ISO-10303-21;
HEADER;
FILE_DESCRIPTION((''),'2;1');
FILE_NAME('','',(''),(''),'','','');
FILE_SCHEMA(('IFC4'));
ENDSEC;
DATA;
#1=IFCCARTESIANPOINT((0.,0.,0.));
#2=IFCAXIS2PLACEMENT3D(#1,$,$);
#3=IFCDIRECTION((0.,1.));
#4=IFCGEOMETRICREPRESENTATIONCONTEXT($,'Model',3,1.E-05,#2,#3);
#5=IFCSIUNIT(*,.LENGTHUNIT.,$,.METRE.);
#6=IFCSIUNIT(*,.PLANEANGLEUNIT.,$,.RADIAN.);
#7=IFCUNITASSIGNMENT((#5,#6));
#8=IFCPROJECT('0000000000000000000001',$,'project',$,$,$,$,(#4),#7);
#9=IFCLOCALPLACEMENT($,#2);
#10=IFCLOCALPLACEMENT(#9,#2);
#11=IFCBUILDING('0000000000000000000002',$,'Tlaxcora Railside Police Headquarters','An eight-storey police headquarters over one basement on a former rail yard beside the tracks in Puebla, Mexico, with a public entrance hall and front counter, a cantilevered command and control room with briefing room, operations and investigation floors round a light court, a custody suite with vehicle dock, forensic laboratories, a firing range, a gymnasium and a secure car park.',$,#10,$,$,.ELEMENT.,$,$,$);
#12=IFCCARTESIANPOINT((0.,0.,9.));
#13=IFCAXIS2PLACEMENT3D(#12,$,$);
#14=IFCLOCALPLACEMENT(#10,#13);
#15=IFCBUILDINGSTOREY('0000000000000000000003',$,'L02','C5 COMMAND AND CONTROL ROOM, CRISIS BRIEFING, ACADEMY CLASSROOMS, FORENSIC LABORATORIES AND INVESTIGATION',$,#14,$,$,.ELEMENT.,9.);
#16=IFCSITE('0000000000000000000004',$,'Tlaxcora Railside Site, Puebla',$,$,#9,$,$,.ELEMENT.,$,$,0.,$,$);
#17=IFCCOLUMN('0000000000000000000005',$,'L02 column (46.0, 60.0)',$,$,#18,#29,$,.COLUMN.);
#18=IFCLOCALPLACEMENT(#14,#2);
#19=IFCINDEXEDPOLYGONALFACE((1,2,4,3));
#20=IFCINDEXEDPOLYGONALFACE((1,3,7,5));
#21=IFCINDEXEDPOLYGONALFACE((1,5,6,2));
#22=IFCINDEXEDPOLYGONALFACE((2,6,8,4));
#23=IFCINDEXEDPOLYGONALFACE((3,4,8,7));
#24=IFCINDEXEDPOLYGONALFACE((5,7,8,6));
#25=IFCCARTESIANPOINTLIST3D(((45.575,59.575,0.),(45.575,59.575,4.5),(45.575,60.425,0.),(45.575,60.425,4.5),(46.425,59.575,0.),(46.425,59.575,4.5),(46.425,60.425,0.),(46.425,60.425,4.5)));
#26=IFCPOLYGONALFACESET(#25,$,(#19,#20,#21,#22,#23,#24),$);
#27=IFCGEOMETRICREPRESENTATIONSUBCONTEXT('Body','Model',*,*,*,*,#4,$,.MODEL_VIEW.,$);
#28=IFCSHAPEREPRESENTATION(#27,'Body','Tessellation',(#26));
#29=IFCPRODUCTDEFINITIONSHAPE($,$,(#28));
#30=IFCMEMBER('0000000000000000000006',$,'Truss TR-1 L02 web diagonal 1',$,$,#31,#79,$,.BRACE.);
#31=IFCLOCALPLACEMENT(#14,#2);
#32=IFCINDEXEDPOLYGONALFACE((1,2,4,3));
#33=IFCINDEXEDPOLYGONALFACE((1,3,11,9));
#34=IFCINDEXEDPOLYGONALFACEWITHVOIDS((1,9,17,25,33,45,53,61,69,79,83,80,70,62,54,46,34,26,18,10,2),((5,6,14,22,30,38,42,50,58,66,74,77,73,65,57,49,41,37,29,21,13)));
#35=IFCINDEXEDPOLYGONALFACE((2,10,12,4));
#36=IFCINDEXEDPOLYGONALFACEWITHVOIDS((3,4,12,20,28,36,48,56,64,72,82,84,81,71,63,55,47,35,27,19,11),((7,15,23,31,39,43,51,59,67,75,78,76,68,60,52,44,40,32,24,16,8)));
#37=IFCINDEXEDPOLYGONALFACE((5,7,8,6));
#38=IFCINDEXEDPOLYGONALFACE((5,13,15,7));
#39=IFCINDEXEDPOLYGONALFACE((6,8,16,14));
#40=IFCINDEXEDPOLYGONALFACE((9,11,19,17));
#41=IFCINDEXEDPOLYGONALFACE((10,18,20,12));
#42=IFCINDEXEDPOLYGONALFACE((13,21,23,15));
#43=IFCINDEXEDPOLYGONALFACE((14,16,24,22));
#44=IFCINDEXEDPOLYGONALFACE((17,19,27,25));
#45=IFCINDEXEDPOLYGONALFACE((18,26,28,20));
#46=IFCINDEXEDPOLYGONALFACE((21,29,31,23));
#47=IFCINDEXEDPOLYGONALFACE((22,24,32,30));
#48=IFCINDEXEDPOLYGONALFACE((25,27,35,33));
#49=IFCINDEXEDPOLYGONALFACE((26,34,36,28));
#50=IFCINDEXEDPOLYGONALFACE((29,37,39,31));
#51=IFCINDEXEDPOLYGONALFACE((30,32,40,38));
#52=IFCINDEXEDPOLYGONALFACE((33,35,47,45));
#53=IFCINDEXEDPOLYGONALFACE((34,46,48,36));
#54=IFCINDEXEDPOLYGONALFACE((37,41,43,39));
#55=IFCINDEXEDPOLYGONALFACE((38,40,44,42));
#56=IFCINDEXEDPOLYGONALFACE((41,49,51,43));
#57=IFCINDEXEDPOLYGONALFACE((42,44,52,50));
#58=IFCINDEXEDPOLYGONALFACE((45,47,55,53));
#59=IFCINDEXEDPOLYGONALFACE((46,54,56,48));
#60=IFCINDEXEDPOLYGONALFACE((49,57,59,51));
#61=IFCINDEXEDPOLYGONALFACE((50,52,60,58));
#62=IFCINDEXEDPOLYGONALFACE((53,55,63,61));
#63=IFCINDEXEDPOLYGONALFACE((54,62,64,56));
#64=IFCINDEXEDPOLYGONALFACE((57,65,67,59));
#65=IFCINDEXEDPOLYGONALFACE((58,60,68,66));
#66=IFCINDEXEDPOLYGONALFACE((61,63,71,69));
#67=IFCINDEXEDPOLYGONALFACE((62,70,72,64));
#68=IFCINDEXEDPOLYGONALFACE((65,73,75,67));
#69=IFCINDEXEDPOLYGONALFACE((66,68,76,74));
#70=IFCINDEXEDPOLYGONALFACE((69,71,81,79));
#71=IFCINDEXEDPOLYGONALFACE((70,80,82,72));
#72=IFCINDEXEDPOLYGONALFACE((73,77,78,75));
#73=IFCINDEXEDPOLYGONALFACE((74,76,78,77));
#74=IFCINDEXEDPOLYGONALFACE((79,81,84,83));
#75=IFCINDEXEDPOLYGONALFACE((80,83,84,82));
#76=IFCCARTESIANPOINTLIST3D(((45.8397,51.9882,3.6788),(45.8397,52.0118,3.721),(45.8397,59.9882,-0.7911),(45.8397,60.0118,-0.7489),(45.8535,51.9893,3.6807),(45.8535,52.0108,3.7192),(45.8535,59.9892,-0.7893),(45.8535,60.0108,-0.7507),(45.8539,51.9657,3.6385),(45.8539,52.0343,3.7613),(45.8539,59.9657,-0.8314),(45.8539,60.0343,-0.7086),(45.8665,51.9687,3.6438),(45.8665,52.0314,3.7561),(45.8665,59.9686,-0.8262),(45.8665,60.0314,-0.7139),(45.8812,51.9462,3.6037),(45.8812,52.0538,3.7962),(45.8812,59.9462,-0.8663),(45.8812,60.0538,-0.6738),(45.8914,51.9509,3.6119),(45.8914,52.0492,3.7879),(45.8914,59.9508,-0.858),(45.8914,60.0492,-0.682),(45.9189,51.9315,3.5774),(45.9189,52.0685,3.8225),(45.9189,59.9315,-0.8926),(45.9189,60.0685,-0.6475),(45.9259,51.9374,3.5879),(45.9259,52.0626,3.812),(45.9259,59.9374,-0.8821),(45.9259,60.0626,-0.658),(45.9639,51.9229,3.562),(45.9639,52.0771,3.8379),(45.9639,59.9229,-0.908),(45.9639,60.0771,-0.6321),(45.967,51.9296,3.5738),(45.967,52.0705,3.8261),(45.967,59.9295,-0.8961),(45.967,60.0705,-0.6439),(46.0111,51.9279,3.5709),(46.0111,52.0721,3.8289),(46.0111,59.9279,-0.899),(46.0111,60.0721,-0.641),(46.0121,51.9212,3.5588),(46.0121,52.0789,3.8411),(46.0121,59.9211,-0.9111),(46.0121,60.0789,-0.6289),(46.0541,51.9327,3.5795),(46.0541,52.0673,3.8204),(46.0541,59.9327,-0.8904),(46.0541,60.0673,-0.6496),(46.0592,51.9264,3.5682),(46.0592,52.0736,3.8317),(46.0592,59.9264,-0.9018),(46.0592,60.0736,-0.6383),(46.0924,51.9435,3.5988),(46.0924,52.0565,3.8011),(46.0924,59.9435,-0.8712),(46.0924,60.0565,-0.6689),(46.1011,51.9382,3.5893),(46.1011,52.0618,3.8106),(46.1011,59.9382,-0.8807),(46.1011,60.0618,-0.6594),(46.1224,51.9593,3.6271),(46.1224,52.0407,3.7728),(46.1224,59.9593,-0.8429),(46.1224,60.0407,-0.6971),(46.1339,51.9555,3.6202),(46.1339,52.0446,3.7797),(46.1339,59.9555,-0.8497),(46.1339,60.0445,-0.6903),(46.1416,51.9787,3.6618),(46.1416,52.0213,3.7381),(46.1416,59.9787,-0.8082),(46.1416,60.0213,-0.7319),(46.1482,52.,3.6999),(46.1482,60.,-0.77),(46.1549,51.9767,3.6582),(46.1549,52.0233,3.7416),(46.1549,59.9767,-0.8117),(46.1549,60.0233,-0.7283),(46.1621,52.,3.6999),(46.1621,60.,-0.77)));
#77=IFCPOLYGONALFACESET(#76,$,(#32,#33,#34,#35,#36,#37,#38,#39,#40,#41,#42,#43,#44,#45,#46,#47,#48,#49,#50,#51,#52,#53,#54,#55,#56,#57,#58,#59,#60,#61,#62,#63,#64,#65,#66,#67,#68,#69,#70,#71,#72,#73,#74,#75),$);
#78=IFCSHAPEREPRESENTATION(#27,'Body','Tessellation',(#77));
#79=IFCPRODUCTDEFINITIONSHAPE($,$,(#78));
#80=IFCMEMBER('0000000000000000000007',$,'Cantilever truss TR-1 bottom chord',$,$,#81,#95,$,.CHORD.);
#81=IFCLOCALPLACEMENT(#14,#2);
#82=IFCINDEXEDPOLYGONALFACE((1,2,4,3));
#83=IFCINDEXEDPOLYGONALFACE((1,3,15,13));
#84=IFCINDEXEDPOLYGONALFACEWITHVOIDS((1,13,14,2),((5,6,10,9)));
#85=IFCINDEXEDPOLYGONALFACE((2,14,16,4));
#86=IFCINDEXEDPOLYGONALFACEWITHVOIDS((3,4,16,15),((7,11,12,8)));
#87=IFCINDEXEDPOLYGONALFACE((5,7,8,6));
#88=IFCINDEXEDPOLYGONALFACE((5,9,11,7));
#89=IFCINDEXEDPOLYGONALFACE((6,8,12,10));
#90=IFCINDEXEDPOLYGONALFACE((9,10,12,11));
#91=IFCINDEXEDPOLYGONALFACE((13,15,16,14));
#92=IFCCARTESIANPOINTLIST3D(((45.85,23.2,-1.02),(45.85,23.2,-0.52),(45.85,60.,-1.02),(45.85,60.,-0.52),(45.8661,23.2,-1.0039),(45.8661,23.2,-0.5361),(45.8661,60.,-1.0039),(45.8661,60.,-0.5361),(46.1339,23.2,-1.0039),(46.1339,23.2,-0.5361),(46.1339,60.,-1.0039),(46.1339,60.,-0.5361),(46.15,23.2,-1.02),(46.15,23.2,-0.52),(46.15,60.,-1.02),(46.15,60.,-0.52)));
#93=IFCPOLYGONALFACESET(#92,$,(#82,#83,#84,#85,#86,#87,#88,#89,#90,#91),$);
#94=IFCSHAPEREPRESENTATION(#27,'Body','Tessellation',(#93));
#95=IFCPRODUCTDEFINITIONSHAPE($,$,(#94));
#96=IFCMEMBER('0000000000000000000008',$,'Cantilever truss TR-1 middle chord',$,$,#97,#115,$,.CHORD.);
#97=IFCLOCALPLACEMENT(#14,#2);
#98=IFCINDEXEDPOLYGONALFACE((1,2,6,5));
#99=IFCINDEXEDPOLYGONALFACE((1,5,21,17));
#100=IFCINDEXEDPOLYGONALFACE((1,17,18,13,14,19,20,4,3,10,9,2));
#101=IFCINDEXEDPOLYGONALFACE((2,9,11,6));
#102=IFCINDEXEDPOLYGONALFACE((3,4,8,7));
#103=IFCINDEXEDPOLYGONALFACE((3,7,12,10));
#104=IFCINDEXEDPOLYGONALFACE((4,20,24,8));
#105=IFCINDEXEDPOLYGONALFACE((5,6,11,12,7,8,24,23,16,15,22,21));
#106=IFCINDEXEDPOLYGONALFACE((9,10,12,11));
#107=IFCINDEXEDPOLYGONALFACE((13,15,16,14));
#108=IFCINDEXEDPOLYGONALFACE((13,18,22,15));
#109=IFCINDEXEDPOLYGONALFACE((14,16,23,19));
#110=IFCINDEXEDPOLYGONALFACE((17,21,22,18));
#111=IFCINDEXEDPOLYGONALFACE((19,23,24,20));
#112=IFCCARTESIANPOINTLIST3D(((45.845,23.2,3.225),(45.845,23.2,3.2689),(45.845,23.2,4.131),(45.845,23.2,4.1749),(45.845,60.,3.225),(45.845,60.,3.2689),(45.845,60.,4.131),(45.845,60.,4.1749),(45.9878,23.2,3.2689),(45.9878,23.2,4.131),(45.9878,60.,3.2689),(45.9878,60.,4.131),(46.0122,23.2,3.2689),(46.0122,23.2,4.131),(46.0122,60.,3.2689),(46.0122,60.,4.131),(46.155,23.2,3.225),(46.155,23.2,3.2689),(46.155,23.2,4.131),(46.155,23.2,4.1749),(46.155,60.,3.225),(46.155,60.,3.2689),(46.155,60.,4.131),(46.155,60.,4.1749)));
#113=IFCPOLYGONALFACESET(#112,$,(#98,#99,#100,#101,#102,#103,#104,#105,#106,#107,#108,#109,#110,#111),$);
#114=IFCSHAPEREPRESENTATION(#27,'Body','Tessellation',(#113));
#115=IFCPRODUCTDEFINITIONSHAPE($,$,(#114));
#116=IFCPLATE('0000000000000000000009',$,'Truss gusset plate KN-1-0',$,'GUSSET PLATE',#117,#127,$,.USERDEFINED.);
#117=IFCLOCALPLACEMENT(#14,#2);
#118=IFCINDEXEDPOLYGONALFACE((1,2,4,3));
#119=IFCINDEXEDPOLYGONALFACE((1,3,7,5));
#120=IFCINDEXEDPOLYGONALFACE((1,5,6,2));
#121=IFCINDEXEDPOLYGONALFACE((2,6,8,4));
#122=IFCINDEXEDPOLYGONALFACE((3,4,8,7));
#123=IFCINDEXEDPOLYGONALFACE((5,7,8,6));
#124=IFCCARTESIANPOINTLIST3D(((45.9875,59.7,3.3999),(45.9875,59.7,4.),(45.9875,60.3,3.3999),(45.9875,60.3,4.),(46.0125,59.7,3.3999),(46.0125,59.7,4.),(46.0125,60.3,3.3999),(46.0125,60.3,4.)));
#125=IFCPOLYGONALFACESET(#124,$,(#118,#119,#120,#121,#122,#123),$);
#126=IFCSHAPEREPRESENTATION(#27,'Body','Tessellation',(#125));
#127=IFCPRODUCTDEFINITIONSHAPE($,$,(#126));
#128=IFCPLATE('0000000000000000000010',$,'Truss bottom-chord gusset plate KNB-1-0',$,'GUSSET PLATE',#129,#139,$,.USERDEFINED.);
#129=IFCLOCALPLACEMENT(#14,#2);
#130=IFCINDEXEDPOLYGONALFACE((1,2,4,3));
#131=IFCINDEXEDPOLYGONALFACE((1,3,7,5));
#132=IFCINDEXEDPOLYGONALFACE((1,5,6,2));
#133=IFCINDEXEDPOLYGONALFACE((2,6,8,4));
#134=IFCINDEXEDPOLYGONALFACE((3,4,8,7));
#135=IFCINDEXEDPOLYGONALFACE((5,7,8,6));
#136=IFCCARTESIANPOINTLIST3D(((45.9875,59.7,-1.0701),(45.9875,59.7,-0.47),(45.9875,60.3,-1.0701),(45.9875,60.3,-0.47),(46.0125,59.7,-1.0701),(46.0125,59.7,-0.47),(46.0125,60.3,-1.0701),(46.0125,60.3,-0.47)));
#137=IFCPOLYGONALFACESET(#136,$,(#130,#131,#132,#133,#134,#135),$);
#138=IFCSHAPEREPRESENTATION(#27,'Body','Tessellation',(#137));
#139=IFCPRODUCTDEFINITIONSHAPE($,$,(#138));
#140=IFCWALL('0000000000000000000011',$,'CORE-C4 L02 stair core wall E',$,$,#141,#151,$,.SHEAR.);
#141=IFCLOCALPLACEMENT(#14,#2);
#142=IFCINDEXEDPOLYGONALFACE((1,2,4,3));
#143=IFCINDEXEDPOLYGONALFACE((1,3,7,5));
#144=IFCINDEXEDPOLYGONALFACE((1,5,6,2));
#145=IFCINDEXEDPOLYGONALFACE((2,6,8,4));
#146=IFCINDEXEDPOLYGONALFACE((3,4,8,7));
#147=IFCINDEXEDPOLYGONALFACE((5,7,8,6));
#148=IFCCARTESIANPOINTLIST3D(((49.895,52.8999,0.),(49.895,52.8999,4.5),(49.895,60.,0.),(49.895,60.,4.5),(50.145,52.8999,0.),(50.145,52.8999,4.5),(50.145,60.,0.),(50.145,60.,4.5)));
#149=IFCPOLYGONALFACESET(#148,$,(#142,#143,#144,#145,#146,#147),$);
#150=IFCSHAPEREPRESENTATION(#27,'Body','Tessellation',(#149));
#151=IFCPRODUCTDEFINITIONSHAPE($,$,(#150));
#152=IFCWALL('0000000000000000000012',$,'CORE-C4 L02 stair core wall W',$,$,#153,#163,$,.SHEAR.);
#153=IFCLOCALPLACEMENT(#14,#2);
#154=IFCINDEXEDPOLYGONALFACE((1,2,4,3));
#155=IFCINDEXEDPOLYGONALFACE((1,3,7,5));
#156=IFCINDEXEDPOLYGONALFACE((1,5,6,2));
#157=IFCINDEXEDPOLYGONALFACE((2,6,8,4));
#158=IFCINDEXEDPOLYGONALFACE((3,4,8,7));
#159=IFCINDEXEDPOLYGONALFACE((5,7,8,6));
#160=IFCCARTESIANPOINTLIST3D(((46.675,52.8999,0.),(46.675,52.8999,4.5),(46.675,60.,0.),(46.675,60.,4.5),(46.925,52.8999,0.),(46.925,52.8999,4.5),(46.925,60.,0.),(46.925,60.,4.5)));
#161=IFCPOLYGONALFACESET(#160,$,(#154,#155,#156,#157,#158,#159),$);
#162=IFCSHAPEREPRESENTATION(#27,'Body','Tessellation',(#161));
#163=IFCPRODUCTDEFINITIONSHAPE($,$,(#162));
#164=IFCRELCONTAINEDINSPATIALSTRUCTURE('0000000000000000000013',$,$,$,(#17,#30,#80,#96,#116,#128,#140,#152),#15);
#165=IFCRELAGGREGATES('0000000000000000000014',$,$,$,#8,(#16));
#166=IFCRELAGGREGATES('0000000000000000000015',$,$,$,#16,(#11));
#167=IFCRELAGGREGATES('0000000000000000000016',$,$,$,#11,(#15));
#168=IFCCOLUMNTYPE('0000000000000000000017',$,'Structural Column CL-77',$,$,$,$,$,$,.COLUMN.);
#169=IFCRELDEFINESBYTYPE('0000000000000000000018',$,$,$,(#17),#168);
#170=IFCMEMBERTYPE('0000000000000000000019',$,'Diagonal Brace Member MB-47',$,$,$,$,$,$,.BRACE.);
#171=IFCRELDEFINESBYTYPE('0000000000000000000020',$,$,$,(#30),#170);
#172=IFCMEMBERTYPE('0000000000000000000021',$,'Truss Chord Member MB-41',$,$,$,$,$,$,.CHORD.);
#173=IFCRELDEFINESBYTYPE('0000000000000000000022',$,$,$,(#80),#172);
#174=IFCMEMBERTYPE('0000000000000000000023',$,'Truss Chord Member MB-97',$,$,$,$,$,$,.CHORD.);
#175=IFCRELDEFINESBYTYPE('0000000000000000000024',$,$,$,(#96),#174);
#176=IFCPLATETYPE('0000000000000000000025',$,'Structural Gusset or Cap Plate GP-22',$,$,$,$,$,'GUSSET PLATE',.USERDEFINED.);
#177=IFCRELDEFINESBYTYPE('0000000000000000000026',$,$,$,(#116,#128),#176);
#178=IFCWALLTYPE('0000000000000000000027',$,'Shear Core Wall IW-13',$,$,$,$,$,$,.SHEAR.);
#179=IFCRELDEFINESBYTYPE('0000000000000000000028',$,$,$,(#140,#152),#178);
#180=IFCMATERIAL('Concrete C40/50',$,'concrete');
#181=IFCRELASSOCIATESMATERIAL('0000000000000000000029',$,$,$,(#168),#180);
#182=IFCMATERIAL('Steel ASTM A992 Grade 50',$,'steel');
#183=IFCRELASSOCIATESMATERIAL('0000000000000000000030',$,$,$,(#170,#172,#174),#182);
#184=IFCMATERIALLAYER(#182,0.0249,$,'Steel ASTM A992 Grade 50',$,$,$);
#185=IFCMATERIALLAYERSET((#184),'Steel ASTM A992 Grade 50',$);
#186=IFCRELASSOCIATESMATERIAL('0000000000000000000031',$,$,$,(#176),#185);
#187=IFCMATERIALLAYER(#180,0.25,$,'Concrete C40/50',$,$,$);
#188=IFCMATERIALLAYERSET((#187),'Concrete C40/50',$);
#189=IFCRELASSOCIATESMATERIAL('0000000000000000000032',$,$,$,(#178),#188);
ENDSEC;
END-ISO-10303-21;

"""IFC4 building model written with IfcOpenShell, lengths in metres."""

from ifc_helpers import new_model, si_unit, direction, frame, frame_2d, origin, origin_2d, place, context, subcontext, project, spatial, rectangle, hollow_rectangle, hollow_circle, i_section, extrude, material, layer, layer_set, material_profile, profile_set, type_object, element, save


model = new_model("IFC4")

# Units and contexts
model_context = context("Model", 3, precision=1e-05, world=origin(), true_north=direction((0.0, 1.0)))
body_context = subcontext(model_context, "Body", "Model", "MODEL_VIEW")
ifc_project = project(units=[si_unit("LENGTHUNIT", "METRE"), si_unit("PLANEANGLEUNIT", "RADIAN")], contexts=[model_context])

# Site, building, storey
site_placement = place(None, origin())
site = spatial("IfcSite", under=ifc_project, at=site_placement, Name="Tlaxcora Railside Site, Puebla", CompositionType="ELEMENT", RefElevation=0.0)
building_placement = place(site_placement, origin())
building = spatial("IfcBuilding", under=site, at=building_placement, Name="Tlaxcora Railside Police Headquarters", Description="An eight-storey police headquarters over one basement on a former rail yard beside the tracks in Puebla, Mexico, with a public entrance hall and front counter, a cantilevered command and control room with briefing room, operations and investigation floors round a light court, a custody suite with vehicle dock, forensic laboratories, a firing range, a gymnasium and a secure car park.", CompositionType="ELEMENT")
storey_placement = place(building_placement, frame((0.0, 0.0, 9.0)))
storey = spatial("IfcBuildingStorey", under=building, at=storey_placement, Name="L02", Description="C5 COMMAND AND CONTROL ROOM, CRISIS BRIEFING, ACADEMY CLASSROOMS, FORENSIC LABORATORIES AND INVESTIGATION", CompositionType="ELEMENT", Elevation=9.0)

# Column
ifc_material_1 = material(Name="Concrete C40/50", Category="concrete")
ifc_material_profile_1 = material_profile(ifc_material_1, rectangle(XDim=0.8501, YDim=0.8501, at=origin_2d()), Name="RC850X850")
ifc_profile_set_1 = profile_set([ifc_material_profile_1], Name="Concrete C40/50")
column_type = type_object("IfcColumnType", Name="Structural Column CL-77", PredefinedType="COLUMN", material=ifc_profile_set_1)
column_placement = place(storey_placement, frame((46.0, 60.0, 0.0), z_axis=(0.0, 0.0, 1.0), x_axis=(1.0, 0.0, 0.0)))
element("IfcColumn", 1, at=column_placement, inside=storey, type_object=column_type, Name="L02 column (46.0, 60.0)", PredefinedType="COLUMN", context=body_context, shape_type="SweptSolid", body=[
    extrude(rectangle(XDim=0.8501, YDim=0.8501, at=origin_2d()), origin(), (0.0, 0.0, 1.0), 4.5),
])

# Members
ifc_material_2 = material(Name="Steel ASTM A992 Grade 50", Category="steel")
ifc_material_profile_2 = material_profile(ifc_material_2, hollow_circle(Radius=0.1621, WallThickness=0.0139, at=origin_2d()), Name="CHS324X14")
ifc_profile_set_2 = profile_set([ifc_material_profile_2], Name="Steel ASTM A992 Grade 50")
member_type_1 = type_object("IfcMemberType", Name="Diagonal Brace Member MB-47", PredefinedType="BRACE", material=ifc_profile_set_2)
member_1_placement = place(storey_placement, frame((46.0, 60.0, -0.77), z_axis=(0.0, -0.872972, 0.48777), x_axis=(1.0, 0.0, 0.0)))
element("IfcMember", 2, at=member_1_placement, inside=storey, type_object=member_type_1, Name="Truss TR-1 L02 web diagonal 1", PredefinedType="BRACE", context=body_context, shape_type="SweptSolid", body=[
    extrude(hollow_circle(Radius=0.1621, WallThickness=0.0139, at=origin_2d()), origin(), (0.0, 0.0, 1.0), 9.1641),
])
ifc_material_profile_3 = material_profile(ifc_material_2, hollow_rectangle(XDim=0.3, YDim=0.5, WallThickness=0.0161, at=origin_2d()), Name="HSS500X300X16")
ifc_profile_set_3 = profile_set([ifc_material_profile_3], Name="Steel ASTM A992 Grade 50")
member_type_2 = type_object("IfcMemberType", Name="Truss Chord Member MB-41", PredefinedType="CHORD", material=ifc_profile_set_3)
member_2_placement = place(storey_placement, frame((46.0, 60.0, -0.77), z_axis=(0.0, -1.0, 0.0), x_axis=(1.0, 0.0, 0.0)))
element("IfcMember", 3, at=member_2_placement, inside=storey, type_object=member_type_2, Name="Cantilever truss TR-1 bottom chord", PredefinedType="CHORD", context=body_context, shape_type="SweptSolid", body=[
    extrude(hollow_rectangle(XDim=0.3, YDim=0.5, WallThickness=0.0161, at=origin_2d()), origin(), (0.0, 0.0, 1.0), 36.8),
])
ifc_material_profile_4 = material_profile(ifc_material_2, i_section(OverallWidth=0.3101, OverallDepth=0.95, WebThickness=0.0244, FlangeThickness=0.0439, at=origin_2d()), Name="W36X256")
ifc_profile_set_4 = profile_set([ifc_material_profile_4], Name="Steel ASTM A992 Grade 50")
member_type_3 = type_object("IfcMemberType", Name="Truss Chord Member MB-97", PredefinedType="CHORD", material=ifc_profile_set_4)
member_3_placement = place(storey_placement, frame((46.0, 60.0, 3.7), z_axis=(0.0, -1.0, 0.0), x_axis=(1.0, 0.0, 0.0)))
element("IfcMember", 4, at=member_3_placement, inside=storey, type_object=member_type_3, Name="Cantilever truss TR-1 middle chord", PredefinedType="CHORD", context=body_context, shape_type="SweptSolid", body=[
    extrude(i_section(OverallWidth=0.3101, OverallDepth=0.95, WebThickness=0.0244, FlangeThickness=0.0439, at=origin_2d()), origin(), (0.0, 0.0, 1.0), 36.8),
])

# Plates
ifc_layer_1 = layer(ifc_material_2, 0.0249, Name="Steel ASTM A992 Grade 50")
ifc_layer_set_1 = layer_set([ifc_layer_1], Name="Steel ASTM A992 Grade 50")
plate_type = type_object("IfcPlateType", Name="Structural Gusset or Cap Plate GP-22", ElementType="GUSSET PLATE", PredefinedType="USERDEFINED", material=ifc_layer_set_1)
for number, where, z_axis, x_axis, name in (
    (5, (46.0, 60.0, 3.3999), (0.0, 0.0, 1.0), (0.0, 1.0, 0.0), "Truss gusset plate KN-1-0"),
    (6, (46.0, 60.0, -1.0701), (0.0, 0.0, 1.0), (0.0, 1.0, 0.0), "Truss bottom-chord gusset plate KNB-1-0"),
):
    element("IfcPlate", number, at=place(storey_placement, frame(where, z_axis=z_axis, x_axis=x_axis)), inside=storey, type_object=plate_type, Name=name, ObjectType="GUSSET PLATE", PredefinedType="USERDEFINED", context=body_context, shape_type="SweptSolid", body=[
        extrude(rectangle(XDim=0.6001, YDim=0.0249, at=origin_2d()), origin(), (0.0, 0.0, 1.0), 0.6001),
    ])

# Shared definitions
ifc_layer_2 = layer(ifc_material_1, 0.25, Name="Concrete C40/50")
ifc_layer_set_2 = layer_set([ifc_layer_2], Name="Concrete C40/50")
wall_type_1 = type_object("IfcWallType", Name="Shear Core Wall IW-13", PredefinedType="SHEAR", material=ifc_layer_set_2)

# Walls
for number, where, z_axis, x_axis, name in (
    (7, (50.02, 52.8999, 0.0), (0.0, 0.0, 1.0), (0.0, 1.0, 0.0), "CORE-C4 L02 stair core wall E"),
    (8, (46.8, 60.0, 0.0), (0.0, 0.0, 1.0), (0.0, -1.0, 0.0), "CORE-C4 L02 stair core wall W"),
):
    element("IfcWall", number, at=place(storey_placement, frame(where, z_axis=z_axis, x_axis=x_axis)), inside=storey, type_object=wall_type_1, Name=name, PredefinedType="SHEAR", context=body_context, shape_type="SweptSolid", body=[
        extrude(rectangle(XDim=7.1001, YDim=0.25, at=frame_2d((3.55, 0.0))), origin(), (0.0, 0.0, 1.0), 4.5),
    ])

save(model, "model.ifc")
